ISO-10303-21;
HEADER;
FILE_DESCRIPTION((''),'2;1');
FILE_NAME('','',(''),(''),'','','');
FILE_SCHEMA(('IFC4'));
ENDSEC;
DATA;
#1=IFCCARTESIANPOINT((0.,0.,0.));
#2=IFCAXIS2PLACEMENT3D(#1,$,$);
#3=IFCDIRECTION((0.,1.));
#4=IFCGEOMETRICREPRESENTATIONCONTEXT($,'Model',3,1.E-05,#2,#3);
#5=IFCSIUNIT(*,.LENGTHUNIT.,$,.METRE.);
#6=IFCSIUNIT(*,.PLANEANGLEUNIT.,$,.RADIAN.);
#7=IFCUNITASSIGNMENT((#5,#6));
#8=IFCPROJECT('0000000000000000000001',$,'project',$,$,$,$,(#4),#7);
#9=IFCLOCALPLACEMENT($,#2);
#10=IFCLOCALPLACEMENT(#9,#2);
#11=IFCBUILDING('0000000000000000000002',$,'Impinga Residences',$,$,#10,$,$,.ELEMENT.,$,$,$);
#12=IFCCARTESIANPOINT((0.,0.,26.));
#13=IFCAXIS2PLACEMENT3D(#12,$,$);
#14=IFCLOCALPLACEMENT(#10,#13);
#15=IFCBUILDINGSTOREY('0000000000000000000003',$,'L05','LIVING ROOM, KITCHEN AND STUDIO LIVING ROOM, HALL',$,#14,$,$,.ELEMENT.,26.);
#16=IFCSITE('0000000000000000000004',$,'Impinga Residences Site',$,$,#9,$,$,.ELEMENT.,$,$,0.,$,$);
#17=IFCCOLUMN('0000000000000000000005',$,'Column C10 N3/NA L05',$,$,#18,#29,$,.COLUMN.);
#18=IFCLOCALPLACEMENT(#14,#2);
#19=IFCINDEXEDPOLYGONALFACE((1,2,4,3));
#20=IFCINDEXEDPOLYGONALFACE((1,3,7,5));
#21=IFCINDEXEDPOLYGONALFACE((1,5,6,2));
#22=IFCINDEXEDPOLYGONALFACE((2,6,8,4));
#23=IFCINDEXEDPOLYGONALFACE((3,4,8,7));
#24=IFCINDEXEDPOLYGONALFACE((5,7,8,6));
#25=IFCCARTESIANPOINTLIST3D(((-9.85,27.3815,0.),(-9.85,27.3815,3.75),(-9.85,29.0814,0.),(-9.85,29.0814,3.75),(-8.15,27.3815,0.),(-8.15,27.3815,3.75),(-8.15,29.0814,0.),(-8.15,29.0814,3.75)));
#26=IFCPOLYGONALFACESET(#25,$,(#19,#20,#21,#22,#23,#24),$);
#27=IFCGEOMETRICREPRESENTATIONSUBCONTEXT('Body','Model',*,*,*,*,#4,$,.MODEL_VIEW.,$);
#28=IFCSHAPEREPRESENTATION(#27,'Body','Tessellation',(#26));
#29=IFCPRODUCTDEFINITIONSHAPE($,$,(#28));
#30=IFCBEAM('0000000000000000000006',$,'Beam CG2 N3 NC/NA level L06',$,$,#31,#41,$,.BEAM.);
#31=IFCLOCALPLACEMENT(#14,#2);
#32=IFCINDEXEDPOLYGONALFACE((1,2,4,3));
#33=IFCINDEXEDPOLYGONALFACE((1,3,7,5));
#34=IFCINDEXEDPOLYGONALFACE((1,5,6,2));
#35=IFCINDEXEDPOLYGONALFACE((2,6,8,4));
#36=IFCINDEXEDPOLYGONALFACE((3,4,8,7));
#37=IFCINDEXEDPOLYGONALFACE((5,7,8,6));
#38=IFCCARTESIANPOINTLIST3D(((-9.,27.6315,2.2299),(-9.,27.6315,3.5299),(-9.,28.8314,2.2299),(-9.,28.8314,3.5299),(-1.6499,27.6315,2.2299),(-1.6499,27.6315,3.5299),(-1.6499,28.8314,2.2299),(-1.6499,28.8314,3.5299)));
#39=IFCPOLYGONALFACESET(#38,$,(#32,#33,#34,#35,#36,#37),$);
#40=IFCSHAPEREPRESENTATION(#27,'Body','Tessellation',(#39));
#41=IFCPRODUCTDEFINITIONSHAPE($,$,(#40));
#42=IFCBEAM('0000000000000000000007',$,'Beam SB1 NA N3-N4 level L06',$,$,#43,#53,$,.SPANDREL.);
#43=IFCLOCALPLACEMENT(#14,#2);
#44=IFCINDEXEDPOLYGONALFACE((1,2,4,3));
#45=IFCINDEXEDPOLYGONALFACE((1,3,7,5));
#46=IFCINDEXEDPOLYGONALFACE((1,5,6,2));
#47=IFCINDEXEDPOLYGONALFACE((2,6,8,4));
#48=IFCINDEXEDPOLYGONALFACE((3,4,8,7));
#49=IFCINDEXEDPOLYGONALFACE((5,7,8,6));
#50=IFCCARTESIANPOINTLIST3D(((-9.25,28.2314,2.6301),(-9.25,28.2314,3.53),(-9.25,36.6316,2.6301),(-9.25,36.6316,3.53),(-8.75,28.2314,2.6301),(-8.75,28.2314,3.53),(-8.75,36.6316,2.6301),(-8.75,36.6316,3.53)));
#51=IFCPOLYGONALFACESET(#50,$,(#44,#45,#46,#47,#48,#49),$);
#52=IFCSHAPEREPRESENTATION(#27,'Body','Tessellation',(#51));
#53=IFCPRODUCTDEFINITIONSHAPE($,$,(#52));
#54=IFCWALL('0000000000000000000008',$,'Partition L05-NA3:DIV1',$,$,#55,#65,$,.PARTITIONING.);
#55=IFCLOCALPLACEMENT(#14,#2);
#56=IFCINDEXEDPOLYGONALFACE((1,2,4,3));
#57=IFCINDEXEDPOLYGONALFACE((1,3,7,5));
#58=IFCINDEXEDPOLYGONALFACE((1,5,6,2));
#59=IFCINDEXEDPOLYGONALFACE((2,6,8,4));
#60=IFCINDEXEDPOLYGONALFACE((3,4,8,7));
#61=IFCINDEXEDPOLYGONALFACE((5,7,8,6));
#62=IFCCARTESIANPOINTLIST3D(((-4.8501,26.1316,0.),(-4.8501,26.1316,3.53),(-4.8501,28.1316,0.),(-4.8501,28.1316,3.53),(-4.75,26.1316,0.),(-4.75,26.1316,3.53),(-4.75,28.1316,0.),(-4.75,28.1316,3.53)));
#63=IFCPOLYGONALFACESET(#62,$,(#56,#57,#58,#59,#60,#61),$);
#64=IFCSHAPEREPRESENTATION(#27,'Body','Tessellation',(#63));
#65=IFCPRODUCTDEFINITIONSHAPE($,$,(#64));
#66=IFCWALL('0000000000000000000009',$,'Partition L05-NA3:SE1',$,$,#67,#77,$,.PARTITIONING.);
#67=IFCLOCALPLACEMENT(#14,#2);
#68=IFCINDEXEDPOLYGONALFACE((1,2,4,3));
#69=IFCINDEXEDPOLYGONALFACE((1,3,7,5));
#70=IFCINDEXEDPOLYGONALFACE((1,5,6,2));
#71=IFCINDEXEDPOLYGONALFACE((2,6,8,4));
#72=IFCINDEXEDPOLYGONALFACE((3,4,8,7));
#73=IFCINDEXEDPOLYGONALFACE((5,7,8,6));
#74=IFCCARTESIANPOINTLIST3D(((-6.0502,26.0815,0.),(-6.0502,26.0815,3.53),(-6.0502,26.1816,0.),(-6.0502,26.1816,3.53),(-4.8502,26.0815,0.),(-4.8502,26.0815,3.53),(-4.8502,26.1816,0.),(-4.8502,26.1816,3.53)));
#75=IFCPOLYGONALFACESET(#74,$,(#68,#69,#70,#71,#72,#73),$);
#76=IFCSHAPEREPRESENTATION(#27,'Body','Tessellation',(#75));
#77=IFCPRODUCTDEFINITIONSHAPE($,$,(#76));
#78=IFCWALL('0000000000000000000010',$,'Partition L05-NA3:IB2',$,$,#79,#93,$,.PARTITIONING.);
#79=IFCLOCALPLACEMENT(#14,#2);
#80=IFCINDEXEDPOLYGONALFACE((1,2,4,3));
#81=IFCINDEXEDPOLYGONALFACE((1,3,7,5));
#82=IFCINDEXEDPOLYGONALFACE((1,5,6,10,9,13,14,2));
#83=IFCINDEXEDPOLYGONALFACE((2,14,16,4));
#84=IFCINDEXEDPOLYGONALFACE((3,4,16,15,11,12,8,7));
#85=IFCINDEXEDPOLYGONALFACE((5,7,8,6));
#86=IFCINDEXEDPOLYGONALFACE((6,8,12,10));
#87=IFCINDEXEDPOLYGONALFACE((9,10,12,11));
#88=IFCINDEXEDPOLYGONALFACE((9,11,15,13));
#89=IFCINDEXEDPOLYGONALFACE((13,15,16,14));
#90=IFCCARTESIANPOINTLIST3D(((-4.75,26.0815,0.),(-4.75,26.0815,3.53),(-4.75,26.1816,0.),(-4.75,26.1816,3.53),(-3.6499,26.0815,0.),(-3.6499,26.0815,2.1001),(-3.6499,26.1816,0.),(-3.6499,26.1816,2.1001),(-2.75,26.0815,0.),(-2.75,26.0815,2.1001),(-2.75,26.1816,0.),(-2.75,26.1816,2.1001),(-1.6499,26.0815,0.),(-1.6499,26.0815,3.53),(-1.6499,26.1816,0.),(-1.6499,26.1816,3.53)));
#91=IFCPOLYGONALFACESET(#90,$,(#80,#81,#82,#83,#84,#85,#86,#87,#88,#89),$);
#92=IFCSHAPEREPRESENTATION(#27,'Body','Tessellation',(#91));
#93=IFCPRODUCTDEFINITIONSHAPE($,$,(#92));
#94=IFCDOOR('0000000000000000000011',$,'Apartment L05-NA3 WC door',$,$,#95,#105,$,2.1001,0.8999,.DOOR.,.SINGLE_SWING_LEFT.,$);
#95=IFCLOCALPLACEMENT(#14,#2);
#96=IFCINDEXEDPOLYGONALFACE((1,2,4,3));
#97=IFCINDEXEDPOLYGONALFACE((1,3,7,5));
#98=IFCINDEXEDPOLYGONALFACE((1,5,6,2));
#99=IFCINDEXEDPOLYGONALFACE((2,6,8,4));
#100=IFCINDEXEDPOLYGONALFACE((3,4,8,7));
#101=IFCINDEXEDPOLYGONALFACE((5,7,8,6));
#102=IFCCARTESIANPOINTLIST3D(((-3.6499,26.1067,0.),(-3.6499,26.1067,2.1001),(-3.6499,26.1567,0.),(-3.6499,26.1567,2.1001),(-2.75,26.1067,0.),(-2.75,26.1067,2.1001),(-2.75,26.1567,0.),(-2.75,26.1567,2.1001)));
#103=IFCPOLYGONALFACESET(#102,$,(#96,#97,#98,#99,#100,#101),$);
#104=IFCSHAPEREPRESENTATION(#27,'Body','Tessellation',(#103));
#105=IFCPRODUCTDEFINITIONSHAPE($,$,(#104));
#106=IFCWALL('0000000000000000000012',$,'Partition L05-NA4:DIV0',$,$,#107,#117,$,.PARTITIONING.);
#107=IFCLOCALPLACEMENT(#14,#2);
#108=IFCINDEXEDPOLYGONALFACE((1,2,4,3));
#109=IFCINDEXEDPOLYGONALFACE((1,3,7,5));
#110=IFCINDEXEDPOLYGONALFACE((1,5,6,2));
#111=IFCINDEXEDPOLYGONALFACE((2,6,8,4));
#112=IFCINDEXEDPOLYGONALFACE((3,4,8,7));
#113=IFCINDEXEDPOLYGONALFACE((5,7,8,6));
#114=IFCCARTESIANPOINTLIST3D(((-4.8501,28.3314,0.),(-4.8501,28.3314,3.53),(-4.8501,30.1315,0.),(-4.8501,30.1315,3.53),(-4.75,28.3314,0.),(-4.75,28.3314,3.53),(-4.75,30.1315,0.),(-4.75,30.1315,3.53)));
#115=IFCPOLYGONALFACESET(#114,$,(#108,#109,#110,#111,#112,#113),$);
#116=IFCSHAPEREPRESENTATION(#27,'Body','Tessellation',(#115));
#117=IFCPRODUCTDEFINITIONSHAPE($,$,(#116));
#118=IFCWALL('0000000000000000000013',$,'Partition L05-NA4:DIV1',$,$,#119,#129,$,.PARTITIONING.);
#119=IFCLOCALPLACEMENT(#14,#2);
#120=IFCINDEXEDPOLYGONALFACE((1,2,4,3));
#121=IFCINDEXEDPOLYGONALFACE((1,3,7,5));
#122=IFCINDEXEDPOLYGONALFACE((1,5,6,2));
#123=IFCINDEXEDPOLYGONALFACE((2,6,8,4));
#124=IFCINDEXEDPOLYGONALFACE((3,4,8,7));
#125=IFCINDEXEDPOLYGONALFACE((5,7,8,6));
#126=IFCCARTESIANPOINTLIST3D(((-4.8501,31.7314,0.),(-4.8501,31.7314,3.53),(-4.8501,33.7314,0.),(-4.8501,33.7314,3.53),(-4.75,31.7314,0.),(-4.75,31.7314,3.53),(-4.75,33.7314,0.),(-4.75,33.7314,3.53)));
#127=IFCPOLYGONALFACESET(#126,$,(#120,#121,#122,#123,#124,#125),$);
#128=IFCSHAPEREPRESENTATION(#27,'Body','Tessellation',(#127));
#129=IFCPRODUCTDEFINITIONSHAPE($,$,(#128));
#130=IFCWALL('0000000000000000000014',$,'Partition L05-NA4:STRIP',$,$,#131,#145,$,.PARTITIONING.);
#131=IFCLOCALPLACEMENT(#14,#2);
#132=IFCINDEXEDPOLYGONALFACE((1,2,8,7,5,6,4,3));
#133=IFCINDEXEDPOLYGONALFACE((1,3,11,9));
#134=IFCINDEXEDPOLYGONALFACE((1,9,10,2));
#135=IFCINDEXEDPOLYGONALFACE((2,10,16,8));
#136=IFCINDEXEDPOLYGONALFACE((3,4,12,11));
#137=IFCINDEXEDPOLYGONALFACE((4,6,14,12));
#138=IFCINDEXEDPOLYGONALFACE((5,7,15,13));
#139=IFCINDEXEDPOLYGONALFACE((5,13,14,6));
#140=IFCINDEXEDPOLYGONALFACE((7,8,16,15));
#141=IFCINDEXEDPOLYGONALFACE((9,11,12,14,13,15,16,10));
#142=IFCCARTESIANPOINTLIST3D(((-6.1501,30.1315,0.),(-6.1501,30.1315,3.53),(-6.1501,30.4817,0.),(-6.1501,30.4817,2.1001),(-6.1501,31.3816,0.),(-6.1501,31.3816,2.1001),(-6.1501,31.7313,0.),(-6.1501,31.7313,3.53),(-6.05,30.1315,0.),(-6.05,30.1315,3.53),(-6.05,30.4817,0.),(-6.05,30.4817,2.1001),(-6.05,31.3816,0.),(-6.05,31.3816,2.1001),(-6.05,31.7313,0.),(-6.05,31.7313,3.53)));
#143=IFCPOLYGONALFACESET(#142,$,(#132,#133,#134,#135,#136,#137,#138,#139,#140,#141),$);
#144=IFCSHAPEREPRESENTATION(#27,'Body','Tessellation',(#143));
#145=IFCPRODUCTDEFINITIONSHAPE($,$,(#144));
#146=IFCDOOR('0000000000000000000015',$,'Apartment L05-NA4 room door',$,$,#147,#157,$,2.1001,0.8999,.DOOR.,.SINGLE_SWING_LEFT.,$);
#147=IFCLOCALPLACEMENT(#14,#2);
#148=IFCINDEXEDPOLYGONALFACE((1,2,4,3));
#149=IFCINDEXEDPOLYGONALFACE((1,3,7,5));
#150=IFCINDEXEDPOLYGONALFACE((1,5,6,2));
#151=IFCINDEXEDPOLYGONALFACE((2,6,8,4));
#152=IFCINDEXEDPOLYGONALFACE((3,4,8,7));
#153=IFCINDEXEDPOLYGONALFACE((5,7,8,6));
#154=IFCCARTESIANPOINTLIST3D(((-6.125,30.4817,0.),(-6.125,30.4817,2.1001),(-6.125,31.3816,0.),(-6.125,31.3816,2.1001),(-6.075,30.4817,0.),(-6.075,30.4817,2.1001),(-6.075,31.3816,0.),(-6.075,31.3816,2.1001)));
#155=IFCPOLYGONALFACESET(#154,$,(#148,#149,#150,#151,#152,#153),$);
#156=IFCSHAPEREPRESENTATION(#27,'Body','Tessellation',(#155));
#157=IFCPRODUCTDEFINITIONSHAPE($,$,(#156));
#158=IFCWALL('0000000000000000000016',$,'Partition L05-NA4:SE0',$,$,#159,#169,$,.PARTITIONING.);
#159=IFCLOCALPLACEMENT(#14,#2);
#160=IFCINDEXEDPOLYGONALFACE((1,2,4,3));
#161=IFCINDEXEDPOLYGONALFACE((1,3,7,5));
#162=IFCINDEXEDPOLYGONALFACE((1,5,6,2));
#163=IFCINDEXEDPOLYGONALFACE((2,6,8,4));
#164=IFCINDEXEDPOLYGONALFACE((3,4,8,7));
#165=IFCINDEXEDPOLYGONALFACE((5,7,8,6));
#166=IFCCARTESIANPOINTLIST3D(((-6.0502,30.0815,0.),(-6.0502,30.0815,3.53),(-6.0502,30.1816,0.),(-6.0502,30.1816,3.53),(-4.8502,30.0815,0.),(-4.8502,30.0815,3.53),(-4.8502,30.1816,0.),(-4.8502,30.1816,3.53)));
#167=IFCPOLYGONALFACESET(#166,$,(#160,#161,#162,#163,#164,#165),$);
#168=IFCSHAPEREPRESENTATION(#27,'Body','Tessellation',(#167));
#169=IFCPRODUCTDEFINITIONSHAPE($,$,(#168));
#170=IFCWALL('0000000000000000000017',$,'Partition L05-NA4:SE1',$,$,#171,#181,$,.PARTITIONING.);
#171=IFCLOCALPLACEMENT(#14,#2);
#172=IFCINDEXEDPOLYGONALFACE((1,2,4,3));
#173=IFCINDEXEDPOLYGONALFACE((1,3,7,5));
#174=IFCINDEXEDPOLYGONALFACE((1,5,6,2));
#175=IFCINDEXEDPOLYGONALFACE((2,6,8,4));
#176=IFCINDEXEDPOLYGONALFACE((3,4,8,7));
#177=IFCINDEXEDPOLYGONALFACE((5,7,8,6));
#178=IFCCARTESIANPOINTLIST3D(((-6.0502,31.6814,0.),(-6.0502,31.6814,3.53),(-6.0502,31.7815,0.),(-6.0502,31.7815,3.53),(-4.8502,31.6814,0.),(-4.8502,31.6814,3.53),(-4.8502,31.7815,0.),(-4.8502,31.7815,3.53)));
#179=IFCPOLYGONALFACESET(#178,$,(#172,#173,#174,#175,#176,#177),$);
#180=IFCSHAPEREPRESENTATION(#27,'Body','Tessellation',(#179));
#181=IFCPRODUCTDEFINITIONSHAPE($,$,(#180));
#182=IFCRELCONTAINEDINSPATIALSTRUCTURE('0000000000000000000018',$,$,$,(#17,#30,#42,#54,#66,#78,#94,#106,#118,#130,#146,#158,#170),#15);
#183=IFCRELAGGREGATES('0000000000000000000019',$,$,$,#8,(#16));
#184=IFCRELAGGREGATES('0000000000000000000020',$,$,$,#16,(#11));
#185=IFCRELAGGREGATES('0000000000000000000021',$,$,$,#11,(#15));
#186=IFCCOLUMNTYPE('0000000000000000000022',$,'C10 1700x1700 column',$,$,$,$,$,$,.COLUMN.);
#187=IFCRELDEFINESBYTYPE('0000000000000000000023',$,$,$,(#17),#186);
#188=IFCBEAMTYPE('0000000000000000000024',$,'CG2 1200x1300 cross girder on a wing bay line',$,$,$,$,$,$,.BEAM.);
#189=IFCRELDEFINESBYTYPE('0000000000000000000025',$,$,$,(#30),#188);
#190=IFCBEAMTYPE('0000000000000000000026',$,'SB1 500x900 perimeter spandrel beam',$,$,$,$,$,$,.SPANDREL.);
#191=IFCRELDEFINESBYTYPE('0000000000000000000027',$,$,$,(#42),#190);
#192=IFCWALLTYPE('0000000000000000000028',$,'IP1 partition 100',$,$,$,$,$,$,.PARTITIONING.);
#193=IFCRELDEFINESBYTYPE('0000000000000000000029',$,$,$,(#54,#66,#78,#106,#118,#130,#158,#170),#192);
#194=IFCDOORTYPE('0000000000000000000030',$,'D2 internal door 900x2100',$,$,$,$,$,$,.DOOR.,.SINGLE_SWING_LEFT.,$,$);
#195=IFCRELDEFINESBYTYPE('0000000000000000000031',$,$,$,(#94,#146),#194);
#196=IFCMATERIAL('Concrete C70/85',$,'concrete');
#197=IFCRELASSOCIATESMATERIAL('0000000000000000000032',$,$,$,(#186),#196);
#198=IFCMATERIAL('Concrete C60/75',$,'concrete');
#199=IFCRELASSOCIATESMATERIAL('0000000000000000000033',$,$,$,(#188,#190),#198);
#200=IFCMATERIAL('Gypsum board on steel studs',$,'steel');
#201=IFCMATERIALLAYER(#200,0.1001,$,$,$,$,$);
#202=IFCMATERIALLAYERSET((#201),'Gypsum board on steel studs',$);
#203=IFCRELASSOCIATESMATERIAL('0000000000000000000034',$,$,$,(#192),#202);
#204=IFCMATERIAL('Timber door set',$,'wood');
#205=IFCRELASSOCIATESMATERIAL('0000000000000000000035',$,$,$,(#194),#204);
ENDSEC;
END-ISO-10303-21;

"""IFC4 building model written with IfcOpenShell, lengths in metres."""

from ifc_helpers import new_model, si_unit, direction, frame, frame_2d, origin, origin_2d, place, context, subcontext, project, spatial, rectangle, extrude, material, layer, layer_set, material_profile, profile_set, type_object, element, fill, save


model = new_model("IFC4")

# Units and contexts
model_context = context("Model", 3, precision=1e-05, world=origin(), true_north=direction((0.0, 1.0)))
body_context = subcontext(model_context, "Body", "Model", "MODEL_VIEW")
ifc_project = project(units=[si_unit("LENGTHUNIT", "METRE"), si_unit("PLANEANGLEUNIT", "RADIAN")], contexts=[model_context])

# Site, building, storey
site_placement = place(None, origin())
site = spatial("IfcSite", under=ifc_project, at=site_placement, Name="Impinga Residences Site", CompositionType="ELEMENT", RefElevation=0.0)
building_placement = place(site_placement, origin())
building = spatial("IfcBuilding", under=site, at=building_placement, Name="Impinga Residences", CompositionType="ELEMENT")
storey_placement = place(building_placement, frame((0.0, 0.0, 26.0)))
storey = spatial("IfcBuildingStorey", under=building, at=storey_placement, Name="L05", Description="LIVING ROOM, KITCHEN AND STUDIO LIVING ROOM, HALL", CompositionType="ELEMENT", Elevation=26.0)

# Column
ifc_material_1 = material(Name="Concrete C70/85", Category="concrete")
ifc_material_profile_1 = material_profile(ifc_material_1, rectangle(XDim=1.7, YDim=1.7, at=origin_2d()), Name="RC 1700x1700")
ifc_profile_set_1 = profile_set([ifc_material_profile_1], Name="Concrete C70/85")
column_type = type_object("IfcColumnType", Name="C10 1700x1700 column", PredefinedType="COLUMN", material=ifc_profile_set_1)
column_placement = place(storey_placement, frame((-9.0, 28.2314, 0.0), z_axis=(0.0, 0.0, 1.0), x_axis=(1.0, 0.0, 0.0)))
element("IfcColumn", 1, at=column_placement, inside=storey, type_object=column_type, Name="Column C10 N3/NA L05", PredefinedType="COLUMN", context=body_context, shape_type="SweptSolid", body=[
    extrude(rectangle(XDim=1.7, YDim=1.7, at=origin_2d()), origin(), (0.0, 0.0, 1.0), 3.75),
])

# Beams
ifc_material_2 = material(Name="Concrete C60/75", Category="concrete")
ifc_material_profile_2 = material_profile(ifc_material_2, rectangle(XDim=1.2, YDim=1.3, at=origin_2d()), Name="RC 1200x1300")
ifc_profile_set_2 = profile_set([ifc_material_profile_2], Name="Concrete C60/75")
beam_type_1 = type_object("IfcBeamType", Name="CG2 1200x1300 cross girder on a wing bay line", PredefinedType="BEAM", material=ifc_profile_set_2)
beam_1_placement = place(storey_placement, frame((-1.6499, 28.2314, 2.8799), z_axis=(-1.0, 0.0, 0.0), x_axis=(0.0, -1.0, 0.0)))
element("IfcBeam", 2, at=beam_1_placement, inside=storey, type_object=beam_type_1, Name="Beam CG2 N3 NC/NA level L06", PredefinedType="BEAM", context=body_context, shape_type="SweptSolid", body=[
    extrude(rectangle(XDim=1.2, YDim=1.3, at=origin_2d()), origin(), (0.0, 0.0, 1.0), 7.3501),
])
ifc_material_profile_3 = material_profile(ifc_material_2, rectangle(XDim=0.5, YDim=0.8999, at=origin_2d()), Name="RC 500x900")
ifc_profile_set_3 = profile_set([ifc_material_profile_3], Name="Concrete C60/75")
beam_type_2 = type_object("IfcBeamType", Name="SB1 500x900 perimeter spandrel beam", PredefinedType="SPANDREL", material=ifc_profile_set_3)
beam_2_placement = place(storey_placement, frame((-9.0, 28.2314, 3.0801), z_axis=(0.0, 1.0, 0.0), x_axis=(-1.0, 0.0, 0.0)))
element("IfcBeam", 3, at=beam_2_placement, inside=storey, type_object=beam_type_2, Name="Beam SB1 NA N3-N4 level L06", PredefinedType="SPANDREL", context=body_context, shape_type="SweptSolid", body=[
    extrude(rectangle(XDim=0.5, YDim=0.8999, at=origin_2d()), origin(), (0.0, 0.0, 1.0), 8.4001),
])

# Walls
ifc_material_3 = material(Name="Gypsum board on steel studs", Category="steel")
ifc_layer_1 = layer(ifc_material_3, 0.1001)
ifc_layer_set_1 = layer_set([ifc_layer_1], Name="Gypsum board on steel studs")
wall_type_1 = type_object("IfcWallType", Name="IP1 partition 100", PredefinedType="PARTITIONING", material=ifc_layer_set_1)
wall_1_placement = place(storey_placement, frame((-4.8, 26.1316, 0.0), z_axis=(0.0, 0.0, 1.0), x_axis=(0.0, 1.0, 0.0)))
element("IfcWall", 4, at=wall_1_placement, inside=storey, type_object=wall_type_1, Name="Partition L05-NA3:DIV1", PredefinedType="PARTITIONING", context=body_context, shape_type="SweptSolid", body=[
    extrude(rectangle(XDim=2.0, YDim=0.1001, at=frame_2d((1.0, 0.0))), origin(), (0.0, 0.0, 1.0), 3.53),
])
wall_2_placement = place(storey_placement, frame((-4.8501, 26.1316, 0.0), z_axis=(0.0, 0.0, 1.0), x_axis=(-1.0, 0.0, 0.0)))
element("IfcWall", 5, at=wall_2_placement, inside=storey, type_object=wall_type_1, Name="Partition L05-NA3:SE1", PredefinedType="PARTITIONING", context=body_context, shape_type="SweptSolid", body=[
    extrude(rectangle(XDim=1.2, YDim=0.1001, at=frame_2d((0.6001, 0.0))), origin(), (0.0, 0.0, 1.0), 3.53),
])

# Wall, opening, door
wall_3_placement = place(storey_placement, frame((-1.6499, 26.1316, 0.0), z_axis=(0.0, 0.0, 1.0), x_axis=(-1.0, 0.0, 0.0)))
wall_3 = element("IfcWall", 6, at=wall_3_placement, inside=storey, type_object=wall_type_1, Name="Partition L05-NA3:IB2", PredefinedType="PARTITIONING", context=body_context, shape_type="SweptSolid", body=[
    extrude(rectangle(XDim=3.1001, YDim=0.1001, at=frame_2d((1.55, 0.0))), origin(), (0.0, 0.0, 1.0), 3.53),
])
opening_1_placement = place(wall_3_placement, frame((1.1001, 0.0, 0.0)))
opening_1 = element("IfcOpeningElement", 7, at=opening_1_placement, cuts=wall_3, PredefinedType="OPENING", context=body_context, shape_type="SweptSolid", body=[
    extrude(rectangle(XDim=0.8999, YDim=2.1001, at=frame_2d((0.45, 1.05))), frame((0.0, 0.0601, 0.0), z_axis=(0.0, -1.0, 0.0), x_axis=(1.0, 0.0, 0.0)), (0.0, 0.0, 1.0), 0.1201),
])
ifc_material_4 = material(Name="Timber door set", Category="wood")
door_type = type_object("IfcDoorType", Name="D2 internal door 900x2100", OperationType="SINGLE_SWING_LEFT", PredefinedType="DOOR", material=ifc_material_4)
door_1_placement = place(opening_1_placement, origin())
door_1 = element("IfcDoor", 8, at=door_1_placement, inside=storey, type_object=door_type, Name="Apartment L05-NA3 WC door", OperationType="SINGLE_SWING_LEFT", OverallHeight=2.1001, OverallWidth=0.8999, PredefinedType="DOOR", context=body_context, shape_type="SweptSolid", body=[
    extrude(rectangle(XDim=0.8999, YDim=2.1001, at=frame_2d((0.45, 1.05))), frame((0.0, 0.0249, 0.0), z_axis=(0.0, -1.0, 0.0), x_axis=(1.0, 0.0, 0.0)), (0.0, 0.0, 1.0), 0.05),
])
fill(opening_1, door_1)

# Walls
wall_4_placement = place(storey_placement, frame((-4.8, 28.3315, 0.0), z_axis=(0.0, 0.0, 1.0), x_axis=(0.0, 1.0, 0.0)))
element("IfcWall", 9, at=wall_4_placement, inside=storey, type_object=wall_type_1, Name="Partition L05-NA4:DIV0", PredefinedType="PARTITIONING", context=body_context, shape_type="SweptSolid", body=[
    extrude(rectangle(XDim=1.8, YDim=0.1001, at=frame_2d((0.8999, 0.0))), origin(), (0.0, 0.0, 1.0), 3.53),
])
wall_5_placement = place(storey_placement, frame((-4.8, 31.7314, 0.0), z_axis=(0.0, 0.0, 1.0), x_axis=(0.0, 1.0, 0.0)))
element("IfcWall", 10, at=wall_5_placement, inside=storey, type_object=wall_type_1, Name="Partition L05-NA4:DIV1", PredefinedType="PARTITIONING", context=body_context, shape_type="SweptSolid", body=[
    extrude(rectangle(XDim=2.0, YDim=0.1001, at=frame_2d((1.0, 0.0))), origin(), (0.0, 0.0, 1.0), 3.53),
])

# Wall, opening, door
wall_6_placement = place(storey_placement, frame((-6.1001, 30.1316, 0.0), z_axis=(0.0, 0.0, 1.0), x_axis=(0.0, 1.0, 0.0)))
wall_6 = element("IfcWall", 11, at=wall_6_placement, inside=storey, type_object=wall_type_1, Name="Partition L05-NA4:STRIP", PredefinedType="PARTITIONING", context=body_context, shape_type="SweptSolid", body=[
    extrude(rectangle(XDim=1.5999, YDim=0.1001, at=frame_2d((0.7998, 0.0))), origin(), (0.0, 0.0, 1.0), 3.53),
])
opening_2_placement = place(wall_6_placement, frame((0.3501, 0.0, 0.0)))
opening_2 = element("IfcOpeningElement", 12, at=opening_2_placement, cuts=wall_6, PredefinedType="OPENING", context=body_context, shape_type="SweptSolid", body=[
    extrude(rectangle(XDim=0.8999, YDim=2.1001, at=frame_2d((0.45, 1.05))), frame((0.0, 0.0601, 0.0), z_axis=(0.0, -1.0, 0.0), x_axis=(1.0, 0.0, 0.0)), (0.0, 0.0, 1.0), 0.1201),
])
door_2_placement = place(opening_2_placement, origin())
door_2 = element("IfcDoor", 13, at=door_2_placement, inside=storey, type_object=door_type, Name="Apartment L05-NA4 room door", OperationType="SINGLE_SWING_LEFT", OverallHeight=2.1001, OverallWidth=0.8999, PredefinedType="DOOR", context=body_context, shape_type="SweptSolid", body=[
    extrude(rectangle(XDim=0.8999, YDim=2.1001, at=frame_2d((0.45, 1.05))), frame((0.0, 0.0249, 0.0), z_axis=(0.0, -1.0, 0.0), x_axis=(1.0, 0.0, 0.0)), (0.0, 0.0, 1.0), 0.05),
])
fill(opening_2, door_2)

# Walls
for number, where, z_axis, x_axis, name in (
    (14, (-4.8501, 30.1316, 0.0), (0.0, 0.0, 1.0), (-1.0, 0.0, 0.0), "Partition L05-NA4:SE0"),
    (15, (-4.8501, 31.7314, 0.0), (0.0, 0.0, 1.0), (-1.0, 0.0, 0.0), "Partition L05-NA4:SE1"),
):
    element("IfcWall", number, at=place(storey_placement, frame(where, z_axis=z_axis, x_axis=x_axis)), inside=storey, type_object=wall_type_1, Name=name, PredefinedType="PARTITIONING", context=body_context, shape_type="SweptSolid", body=[
        extrude(rectangle(XDim=1.2, YDim=0.1001, at=frame_2d((0.6001, 0.0))), origin(), (0.0, 0.0, 1.0), 3.53),
    ])

save(model, "model.ifc")
